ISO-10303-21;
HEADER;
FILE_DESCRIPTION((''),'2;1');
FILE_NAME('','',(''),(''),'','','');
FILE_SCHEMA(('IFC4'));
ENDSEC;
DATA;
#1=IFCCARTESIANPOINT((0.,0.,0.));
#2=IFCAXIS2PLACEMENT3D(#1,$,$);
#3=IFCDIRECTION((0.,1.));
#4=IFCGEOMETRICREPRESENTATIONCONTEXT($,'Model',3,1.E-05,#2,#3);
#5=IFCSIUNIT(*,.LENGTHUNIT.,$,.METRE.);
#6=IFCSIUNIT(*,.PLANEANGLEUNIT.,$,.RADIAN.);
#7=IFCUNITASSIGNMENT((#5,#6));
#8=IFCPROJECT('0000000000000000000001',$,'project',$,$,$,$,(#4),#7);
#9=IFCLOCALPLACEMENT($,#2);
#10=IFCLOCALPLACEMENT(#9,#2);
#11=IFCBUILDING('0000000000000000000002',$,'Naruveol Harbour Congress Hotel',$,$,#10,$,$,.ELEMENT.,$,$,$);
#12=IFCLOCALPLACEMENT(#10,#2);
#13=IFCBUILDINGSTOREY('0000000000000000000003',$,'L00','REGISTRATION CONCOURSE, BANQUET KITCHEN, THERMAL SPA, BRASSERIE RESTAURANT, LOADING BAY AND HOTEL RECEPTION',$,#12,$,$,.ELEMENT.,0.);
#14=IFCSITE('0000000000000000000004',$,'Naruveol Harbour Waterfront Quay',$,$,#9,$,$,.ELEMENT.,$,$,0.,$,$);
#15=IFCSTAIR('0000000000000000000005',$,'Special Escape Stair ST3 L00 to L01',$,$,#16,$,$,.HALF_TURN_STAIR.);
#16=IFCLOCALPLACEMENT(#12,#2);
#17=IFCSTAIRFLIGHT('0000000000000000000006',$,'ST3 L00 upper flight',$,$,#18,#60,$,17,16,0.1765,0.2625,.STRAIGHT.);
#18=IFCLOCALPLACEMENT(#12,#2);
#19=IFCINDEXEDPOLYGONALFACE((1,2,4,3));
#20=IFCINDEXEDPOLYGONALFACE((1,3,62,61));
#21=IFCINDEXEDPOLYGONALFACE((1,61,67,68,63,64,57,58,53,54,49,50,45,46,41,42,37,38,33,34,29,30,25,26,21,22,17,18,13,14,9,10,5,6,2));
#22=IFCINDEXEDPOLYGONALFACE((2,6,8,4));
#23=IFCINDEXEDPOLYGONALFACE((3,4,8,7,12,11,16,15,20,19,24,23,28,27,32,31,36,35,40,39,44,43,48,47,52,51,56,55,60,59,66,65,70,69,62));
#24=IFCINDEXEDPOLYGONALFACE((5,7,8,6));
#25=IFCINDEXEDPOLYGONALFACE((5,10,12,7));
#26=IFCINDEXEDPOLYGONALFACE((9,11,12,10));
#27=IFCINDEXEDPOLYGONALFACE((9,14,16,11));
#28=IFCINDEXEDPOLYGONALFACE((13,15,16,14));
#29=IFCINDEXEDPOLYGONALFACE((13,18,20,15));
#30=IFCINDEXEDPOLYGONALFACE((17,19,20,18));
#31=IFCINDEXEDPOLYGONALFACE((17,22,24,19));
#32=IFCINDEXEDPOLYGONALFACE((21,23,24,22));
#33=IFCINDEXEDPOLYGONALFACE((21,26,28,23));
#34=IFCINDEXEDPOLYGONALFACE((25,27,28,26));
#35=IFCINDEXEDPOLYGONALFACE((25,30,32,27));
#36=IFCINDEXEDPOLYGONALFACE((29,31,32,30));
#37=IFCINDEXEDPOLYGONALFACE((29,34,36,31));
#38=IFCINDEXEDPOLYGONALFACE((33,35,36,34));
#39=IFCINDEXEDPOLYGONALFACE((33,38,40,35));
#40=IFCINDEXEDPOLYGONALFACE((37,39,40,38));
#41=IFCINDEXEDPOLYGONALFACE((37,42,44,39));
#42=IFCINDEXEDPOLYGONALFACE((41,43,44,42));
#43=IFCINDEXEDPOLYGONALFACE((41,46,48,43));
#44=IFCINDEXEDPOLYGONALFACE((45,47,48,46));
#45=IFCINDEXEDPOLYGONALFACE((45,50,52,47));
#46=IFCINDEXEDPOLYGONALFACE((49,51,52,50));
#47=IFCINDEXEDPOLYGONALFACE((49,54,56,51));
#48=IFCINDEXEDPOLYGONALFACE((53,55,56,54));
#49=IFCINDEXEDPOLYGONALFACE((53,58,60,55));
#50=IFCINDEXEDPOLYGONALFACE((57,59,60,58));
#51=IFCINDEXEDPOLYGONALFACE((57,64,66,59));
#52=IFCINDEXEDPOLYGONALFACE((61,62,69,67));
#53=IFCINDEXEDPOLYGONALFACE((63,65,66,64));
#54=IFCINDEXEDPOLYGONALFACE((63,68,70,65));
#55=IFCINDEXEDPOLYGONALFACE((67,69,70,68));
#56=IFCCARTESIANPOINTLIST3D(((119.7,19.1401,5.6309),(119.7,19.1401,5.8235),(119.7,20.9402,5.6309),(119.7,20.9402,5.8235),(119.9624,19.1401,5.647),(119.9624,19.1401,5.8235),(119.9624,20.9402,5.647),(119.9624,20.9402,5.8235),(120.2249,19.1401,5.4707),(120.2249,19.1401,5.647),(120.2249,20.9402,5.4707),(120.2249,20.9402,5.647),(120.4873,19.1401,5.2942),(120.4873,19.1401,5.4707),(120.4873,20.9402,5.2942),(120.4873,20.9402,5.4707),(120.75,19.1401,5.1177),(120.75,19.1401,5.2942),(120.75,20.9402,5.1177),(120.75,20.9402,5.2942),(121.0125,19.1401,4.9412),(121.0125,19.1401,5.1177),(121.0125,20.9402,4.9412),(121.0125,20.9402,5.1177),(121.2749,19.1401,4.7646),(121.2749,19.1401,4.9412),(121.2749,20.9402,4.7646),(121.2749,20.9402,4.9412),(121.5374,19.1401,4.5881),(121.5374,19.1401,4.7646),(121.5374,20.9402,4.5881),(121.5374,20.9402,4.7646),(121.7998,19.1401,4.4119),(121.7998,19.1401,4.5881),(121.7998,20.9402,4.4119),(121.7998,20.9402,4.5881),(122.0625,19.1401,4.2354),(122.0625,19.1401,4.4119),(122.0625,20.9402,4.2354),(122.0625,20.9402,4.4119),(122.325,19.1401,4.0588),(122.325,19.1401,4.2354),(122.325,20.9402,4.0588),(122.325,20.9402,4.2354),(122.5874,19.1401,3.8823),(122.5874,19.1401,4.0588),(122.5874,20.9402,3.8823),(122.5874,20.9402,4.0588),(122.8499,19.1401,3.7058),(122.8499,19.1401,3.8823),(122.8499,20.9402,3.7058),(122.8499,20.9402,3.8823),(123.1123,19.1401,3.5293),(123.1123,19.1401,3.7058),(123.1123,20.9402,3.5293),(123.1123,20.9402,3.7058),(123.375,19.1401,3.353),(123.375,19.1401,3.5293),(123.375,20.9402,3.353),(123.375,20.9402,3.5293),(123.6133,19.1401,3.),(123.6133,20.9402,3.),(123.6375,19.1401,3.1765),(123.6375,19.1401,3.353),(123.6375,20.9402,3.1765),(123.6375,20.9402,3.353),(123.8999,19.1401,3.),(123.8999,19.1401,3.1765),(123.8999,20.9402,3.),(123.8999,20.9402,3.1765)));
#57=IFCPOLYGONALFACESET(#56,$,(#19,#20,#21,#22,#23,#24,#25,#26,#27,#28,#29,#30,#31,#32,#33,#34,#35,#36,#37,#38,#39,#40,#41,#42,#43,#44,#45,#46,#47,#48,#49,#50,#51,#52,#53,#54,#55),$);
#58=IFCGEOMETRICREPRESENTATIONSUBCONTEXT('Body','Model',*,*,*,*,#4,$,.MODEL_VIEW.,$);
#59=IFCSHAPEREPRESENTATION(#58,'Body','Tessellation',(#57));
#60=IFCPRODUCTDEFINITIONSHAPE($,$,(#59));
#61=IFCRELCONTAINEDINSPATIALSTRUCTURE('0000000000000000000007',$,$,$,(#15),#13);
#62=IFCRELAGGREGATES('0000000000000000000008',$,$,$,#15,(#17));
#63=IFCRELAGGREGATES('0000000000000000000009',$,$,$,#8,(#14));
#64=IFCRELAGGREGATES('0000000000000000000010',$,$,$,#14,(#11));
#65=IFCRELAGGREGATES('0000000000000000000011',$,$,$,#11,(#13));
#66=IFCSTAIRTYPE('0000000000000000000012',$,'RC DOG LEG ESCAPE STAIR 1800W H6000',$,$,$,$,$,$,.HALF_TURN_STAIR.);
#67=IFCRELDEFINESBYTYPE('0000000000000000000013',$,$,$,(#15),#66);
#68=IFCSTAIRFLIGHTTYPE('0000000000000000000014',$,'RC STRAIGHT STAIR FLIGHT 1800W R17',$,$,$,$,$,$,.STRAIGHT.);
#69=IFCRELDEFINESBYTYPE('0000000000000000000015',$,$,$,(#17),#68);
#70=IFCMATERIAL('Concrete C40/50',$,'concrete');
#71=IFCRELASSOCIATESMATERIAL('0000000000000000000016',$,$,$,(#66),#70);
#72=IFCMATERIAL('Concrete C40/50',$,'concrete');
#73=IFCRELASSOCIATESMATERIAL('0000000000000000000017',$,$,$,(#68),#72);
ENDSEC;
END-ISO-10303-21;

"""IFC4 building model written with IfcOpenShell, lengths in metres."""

from ifc_helpers import new_model, si_unit, direction, frame, origin, place, context, subcontext, project, spatial, polyline, outline, extrude, material, type_object, element, aggregate, save


model = new_model("IFC4")

# Units and contexts
model_context = context("Model", 3, precision=1e-05, world=origin(), true_north=direction((0.0, 1.0)))
body_context = subcontext(model_context, "Body", "Model", "MODEL_VIEW")
ifc_project = project(units=[si_unit("LENGTHUNIT", "METRE"), si_unit("PLANEANGLEUNIT", "RADIAN")], contexts=[model_context])

# Site, building, storey
site_placement = place(None, origin())
site = spatial("IfcSite", under=ifc_project, at=site_placement, Name="Naruveol Harbour Waterfront Quay", CompositionType="ELEMENT", RefElevation=0.0)
building_placement = place(site_placement, origin())
building = spatial("IfcBuilding", under=site, at=building_placement, Name="Naruveol Harbour Congress Hotel", CompositionType="ELEMENT")
storey_placement = place(building_placement, origin())
storey = spatial("IfcBuildingStorey", under=building, at=storey_placement, Name="L00", Description="REGISTRATION CONCOURSE, BANQUET KITCHEN, THERMAL SPA, BRASSERIE RESTAURANT, LOADING BAY AND HOTEL RECEPTION", CompositionType="ELEMENT", Elevation=0.0)

# Stair, stair flight
ifc_material_1 = material(Name="Concrete C40/50", Category="concrete")
stair_type = type_object("IfcStairType", Name="RC DOG LEG ESCAPE STAIR 1800W H6000", PredefinedType="HALF_TURN_STAIR", material=ifc_material_1)
stair_placement = place(storey_placement, origin())
stair = element("IfcStair", 1, at=stair_placement, inside=storey, type_object=stair_type, Name="Special Escape Stair ST3 L00 to L01", PredefinedType="HALF_TURN_STAIR")
ifc_material_2 = material(Name="Concrete C40/50", Category="concrete")
stair_flight_type = type_object("IfcStairFlightType", Name="RC STRAIGHT STAIR FLIGHT 1800W R17", PredefinedType="STRAIGHT", material=ifc_material_2)
stair_flight_1_placement = place(storey_placement, frame((123.8999, 20.04, 3.0), z_axis=(0.0, 0.0, 1.0), x_axis=(-1.0, 0.0, 0.0)))
stair_flight_1 = element("IfcStairFlight", 2, at=stair_flight_1_placement, type_object=stair_flight_type, Name="ST3 L00 upper flight", NumberOfRisers=17, NumberOfTreads=16, PredefinedType="STRAIGHT", RiserHeight=0.1765, TreadLength=0.2625, context=body_context, shape_type="SweptSolid", body=[
    extrude(outline(polyline([(0.0, 0.0), (0.0, 0.1765), (0.2625, 0.1765), (0.2625, 0.353), (0.5249, 0.353), (0.5249, 0.5293), (0.7876, 0.5293), (0.7876, 0.7058), (1.05, 0.7058), (1.05, 0.8823), (1.3125, 0.8823), (1.3125, 1.0588), (1.575, 1.0588), (1.575, 1.2354), (1.8374, 1.2354), (1.8374, 1.4119), (2.1001, 1.4119), (2.1001, 1.5881), (2.3625, 1.5881), (2.3625, 1.7646), (2.625, 1.7646), (2.625, 1.9412), (2.8875, 1.9412), (2.8875, 2.1177), (3.1499, 2.1177), (3.1499, 2.2942), (3.4126, 2.2942), (3.4126, 2.4707), (3.675, 2.4707), (3.675, 2.647), (3.9375, 2.647), (3.9375, 2.8235), (4.2, 2.8235), (4.2, 3.0), (4.2, 2.6309), (0.2866, 0.0), (0.0, 0.0)])), frame((0.0, 0.8999, 0.0), z_axis=(0.0, -1.0, 0.0), x_axis=(1.0, 0.0, 0.0)), (0.0, 0.0, 1.0), 1.8),
])
aggregate(stair, [stair_flight_1])

save(model, "model.ifc")
